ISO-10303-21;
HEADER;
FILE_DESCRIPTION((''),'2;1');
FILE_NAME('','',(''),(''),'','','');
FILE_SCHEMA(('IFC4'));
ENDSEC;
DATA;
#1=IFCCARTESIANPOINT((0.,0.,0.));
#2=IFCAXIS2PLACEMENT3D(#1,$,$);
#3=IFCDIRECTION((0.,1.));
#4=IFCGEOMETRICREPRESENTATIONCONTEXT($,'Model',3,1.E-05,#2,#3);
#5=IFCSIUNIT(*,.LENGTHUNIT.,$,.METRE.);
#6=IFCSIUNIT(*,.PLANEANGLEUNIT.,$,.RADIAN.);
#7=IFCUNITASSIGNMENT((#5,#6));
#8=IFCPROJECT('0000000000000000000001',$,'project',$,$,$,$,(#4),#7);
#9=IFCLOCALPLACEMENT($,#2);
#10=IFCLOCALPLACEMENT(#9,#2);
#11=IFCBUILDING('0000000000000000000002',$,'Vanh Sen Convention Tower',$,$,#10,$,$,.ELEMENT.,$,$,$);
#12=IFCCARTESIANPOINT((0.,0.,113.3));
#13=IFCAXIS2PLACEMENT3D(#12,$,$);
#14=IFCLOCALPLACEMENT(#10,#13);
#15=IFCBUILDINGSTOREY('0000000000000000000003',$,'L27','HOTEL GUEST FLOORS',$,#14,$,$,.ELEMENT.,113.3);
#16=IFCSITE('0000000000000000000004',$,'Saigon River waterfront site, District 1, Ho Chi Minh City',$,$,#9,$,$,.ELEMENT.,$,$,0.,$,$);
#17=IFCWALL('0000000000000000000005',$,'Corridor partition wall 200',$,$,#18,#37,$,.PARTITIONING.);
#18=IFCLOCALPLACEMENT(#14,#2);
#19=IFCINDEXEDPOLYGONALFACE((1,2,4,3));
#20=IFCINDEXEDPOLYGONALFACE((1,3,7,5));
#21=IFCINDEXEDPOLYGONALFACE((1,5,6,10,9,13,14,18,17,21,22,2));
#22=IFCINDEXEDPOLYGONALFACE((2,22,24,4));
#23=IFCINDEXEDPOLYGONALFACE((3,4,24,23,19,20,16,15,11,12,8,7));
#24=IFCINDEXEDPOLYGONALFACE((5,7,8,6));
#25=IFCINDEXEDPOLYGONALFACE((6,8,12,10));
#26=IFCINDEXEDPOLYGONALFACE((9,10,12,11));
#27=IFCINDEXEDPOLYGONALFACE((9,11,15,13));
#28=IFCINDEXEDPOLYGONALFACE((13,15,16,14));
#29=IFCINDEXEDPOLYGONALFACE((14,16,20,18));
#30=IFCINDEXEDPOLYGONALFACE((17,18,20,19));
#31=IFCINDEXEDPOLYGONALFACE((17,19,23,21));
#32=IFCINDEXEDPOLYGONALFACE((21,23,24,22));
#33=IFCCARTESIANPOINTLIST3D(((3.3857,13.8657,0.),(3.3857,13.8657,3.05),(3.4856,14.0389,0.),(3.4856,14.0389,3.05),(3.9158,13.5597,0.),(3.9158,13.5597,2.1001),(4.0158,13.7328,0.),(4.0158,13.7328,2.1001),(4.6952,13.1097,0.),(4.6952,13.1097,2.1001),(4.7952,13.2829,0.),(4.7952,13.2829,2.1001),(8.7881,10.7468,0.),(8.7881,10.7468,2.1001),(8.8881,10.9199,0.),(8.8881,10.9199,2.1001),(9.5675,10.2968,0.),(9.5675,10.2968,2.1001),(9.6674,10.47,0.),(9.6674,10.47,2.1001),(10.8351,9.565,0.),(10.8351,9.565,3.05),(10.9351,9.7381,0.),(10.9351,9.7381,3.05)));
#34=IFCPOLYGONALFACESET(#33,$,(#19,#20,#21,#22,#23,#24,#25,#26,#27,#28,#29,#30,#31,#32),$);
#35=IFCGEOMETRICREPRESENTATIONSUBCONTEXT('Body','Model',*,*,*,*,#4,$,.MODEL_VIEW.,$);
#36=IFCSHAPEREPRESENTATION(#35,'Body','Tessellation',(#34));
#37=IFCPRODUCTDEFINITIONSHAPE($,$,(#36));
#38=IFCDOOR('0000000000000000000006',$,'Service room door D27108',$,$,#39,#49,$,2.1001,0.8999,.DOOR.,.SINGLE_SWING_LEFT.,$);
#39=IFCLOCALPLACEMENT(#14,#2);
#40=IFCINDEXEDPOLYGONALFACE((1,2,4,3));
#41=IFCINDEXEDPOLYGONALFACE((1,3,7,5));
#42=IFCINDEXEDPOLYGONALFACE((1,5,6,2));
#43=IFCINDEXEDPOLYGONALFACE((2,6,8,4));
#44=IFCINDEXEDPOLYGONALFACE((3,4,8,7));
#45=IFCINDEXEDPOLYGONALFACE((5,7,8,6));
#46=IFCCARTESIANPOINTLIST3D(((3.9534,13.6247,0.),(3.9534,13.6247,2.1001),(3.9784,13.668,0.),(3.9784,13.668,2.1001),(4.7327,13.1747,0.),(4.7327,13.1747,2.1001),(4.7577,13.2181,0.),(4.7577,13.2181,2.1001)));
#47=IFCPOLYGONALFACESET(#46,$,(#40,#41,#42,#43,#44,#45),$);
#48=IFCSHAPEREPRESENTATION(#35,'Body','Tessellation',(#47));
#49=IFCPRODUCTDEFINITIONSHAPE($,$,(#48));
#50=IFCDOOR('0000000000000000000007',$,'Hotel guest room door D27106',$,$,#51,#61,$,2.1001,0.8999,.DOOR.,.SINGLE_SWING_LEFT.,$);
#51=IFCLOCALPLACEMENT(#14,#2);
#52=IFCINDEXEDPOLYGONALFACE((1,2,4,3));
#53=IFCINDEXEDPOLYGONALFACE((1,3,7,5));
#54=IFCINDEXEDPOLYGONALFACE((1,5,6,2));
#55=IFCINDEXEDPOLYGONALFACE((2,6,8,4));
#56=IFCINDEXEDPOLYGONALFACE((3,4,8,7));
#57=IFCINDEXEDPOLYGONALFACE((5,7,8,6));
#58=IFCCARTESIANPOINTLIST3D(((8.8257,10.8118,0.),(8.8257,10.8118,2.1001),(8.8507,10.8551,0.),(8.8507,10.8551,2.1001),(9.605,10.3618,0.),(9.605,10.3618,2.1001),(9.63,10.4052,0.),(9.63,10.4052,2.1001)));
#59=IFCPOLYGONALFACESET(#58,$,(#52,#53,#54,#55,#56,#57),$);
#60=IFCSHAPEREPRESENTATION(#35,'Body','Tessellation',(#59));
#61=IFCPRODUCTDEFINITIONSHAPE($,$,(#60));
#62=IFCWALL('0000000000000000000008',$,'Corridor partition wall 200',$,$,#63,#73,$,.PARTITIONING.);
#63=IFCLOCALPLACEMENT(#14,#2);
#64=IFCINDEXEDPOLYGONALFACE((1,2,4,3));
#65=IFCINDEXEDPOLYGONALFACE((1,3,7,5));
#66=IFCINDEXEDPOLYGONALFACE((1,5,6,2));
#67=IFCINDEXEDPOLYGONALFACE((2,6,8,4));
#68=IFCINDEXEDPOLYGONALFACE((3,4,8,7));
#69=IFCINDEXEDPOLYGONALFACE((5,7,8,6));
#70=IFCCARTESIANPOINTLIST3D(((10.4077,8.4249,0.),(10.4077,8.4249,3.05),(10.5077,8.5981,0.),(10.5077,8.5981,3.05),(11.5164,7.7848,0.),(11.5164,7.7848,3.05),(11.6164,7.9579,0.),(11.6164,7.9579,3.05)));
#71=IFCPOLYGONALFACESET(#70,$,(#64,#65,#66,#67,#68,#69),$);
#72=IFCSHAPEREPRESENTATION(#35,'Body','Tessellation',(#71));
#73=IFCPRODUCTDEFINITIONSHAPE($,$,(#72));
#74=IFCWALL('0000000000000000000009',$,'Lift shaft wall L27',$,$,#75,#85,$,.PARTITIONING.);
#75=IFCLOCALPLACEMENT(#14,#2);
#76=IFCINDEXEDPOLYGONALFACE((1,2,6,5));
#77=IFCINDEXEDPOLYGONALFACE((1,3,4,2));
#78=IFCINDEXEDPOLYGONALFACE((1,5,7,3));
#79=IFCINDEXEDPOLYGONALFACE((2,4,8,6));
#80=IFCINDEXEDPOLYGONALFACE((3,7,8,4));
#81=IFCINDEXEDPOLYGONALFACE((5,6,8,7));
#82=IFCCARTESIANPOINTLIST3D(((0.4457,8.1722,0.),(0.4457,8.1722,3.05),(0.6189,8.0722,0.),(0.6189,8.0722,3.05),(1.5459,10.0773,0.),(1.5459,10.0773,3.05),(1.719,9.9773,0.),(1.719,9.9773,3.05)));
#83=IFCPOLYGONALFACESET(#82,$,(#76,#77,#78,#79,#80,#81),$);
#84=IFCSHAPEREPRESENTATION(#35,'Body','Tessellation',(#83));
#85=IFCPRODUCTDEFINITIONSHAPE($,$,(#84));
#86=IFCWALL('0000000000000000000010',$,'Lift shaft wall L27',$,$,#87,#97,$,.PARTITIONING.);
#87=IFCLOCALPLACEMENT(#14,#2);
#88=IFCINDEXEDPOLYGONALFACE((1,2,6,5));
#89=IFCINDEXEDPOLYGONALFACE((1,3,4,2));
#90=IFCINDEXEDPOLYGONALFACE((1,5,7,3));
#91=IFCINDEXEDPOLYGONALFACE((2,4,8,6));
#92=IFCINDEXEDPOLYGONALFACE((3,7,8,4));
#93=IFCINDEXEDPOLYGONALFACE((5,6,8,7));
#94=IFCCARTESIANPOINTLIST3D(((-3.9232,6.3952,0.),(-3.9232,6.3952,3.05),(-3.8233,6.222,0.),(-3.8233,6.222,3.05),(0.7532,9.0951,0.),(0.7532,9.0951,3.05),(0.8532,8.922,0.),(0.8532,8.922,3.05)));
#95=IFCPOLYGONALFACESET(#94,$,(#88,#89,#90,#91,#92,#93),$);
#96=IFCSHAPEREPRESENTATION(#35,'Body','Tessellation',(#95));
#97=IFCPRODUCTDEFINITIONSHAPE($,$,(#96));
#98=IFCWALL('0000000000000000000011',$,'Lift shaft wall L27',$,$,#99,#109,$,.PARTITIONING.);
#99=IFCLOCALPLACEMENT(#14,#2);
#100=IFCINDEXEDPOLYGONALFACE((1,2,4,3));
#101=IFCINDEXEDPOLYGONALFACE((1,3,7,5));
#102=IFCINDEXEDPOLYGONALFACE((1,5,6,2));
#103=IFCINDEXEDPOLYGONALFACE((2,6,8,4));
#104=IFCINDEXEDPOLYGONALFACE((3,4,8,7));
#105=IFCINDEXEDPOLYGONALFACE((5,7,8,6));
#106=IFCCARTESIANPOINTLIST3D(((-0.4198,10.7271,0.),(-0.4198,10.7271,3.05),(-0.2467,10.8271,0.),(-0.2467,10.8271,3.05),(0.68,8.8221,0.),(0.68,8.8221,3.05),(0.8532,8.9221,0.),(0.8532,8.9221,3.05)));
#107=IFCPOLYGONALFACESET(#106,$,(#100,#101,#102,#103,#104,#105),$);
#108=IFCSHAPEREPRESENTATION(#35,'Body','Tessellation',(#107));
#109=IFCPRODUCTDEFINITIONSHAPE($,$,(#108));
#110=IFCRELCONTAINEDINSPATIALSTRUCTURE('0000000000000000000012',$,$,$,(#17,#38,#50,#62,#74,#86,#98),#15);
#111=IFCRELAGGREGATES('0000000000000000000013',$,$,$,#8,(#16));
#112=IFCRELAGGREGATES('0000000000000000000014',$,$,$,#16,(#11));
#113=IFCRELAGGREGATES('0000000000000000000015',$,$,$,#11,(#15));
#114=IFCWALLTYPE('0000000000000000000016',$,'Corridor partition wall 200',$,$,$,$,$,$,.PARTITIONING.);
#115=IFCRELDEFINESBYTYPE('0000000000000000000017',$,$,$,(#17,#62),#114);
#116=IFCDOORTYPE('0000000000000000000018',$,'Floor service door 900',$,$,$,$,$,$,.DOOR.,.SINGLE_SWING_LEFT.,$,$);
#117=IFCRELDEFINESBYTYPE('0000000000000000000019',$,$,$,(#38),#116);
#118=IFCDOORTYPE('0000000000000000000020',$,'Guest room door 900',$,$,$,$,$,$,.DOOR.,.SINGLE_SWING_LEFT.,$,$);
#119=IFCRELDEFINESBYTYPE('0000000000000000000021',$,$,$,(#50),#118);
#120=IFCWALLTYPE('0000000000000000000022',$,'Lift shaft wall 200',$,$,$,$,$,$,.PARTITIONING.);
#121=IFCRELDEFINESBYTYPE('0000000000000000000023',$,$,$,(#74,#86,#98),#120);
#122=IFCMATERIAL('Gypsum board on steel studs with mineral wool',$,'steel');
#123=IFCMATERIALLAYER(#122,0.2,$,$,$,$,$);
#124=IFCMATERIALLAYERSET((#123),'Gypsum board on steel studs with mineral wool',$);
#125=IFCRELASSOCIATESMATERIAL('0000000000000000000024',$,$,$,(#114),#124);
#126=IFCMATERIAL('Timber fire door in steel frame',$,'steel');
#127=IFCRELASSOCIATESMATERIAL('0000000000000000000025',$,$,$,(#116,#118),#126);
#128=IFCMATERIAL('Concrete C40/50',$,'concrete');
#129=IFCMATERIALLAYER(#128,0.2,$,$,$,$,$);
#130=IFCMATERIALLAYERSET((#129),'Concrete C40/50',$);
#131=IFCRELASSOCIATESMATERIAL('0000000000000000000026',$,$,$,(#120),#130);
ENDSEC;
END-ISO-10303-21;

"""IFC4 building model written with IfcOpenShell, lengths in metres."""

from ifc_helpers import new_model, si_unit, direction, frame, frame_2d, origin, place, context, subcontext, project, spatial, rectangle, extrude, material, layer, layer_set, type_object, element, fill, save


model = new_model("IFC4")

# Units and contexts
model_context = context("Model", 3, precision=1e-05, world=origin(), true_north=direction((0.0, 1.0)))
body_context = subcontext(model_context, "Body", "Model", "MODEL_VIEW")
ifc_project = project(units=[si_unit("LENGTHUNIT", "METRE"), si_unit("PLANEANGLEUNIT", "RADIAN")], contexts=[model_context])

# Site, building, storey
site_placement = place(None, origin())
site = spatial("IfcSite", under=ifc_project, at=site_placement, Name="Saigon River waterfront site, District 1, Ho Chi Minh City", CompositionType="ELEMENT", RefElevation=0.0)
building_placement = place(site_placement, origin())
building = spatial("IfcBuilding", under=site, at=building_placement, Name="Vanh Sen Convention Tower", CompositionType="ELEMENT")
storey_placement = place(building_placement, frame((0.0, 0.0, 113.3)))
storey = spatial("IfcBuildingStorey", under=building, at=storey_placement, Name="L27", Description="HOTEL GUEST FLOORS", CompositionType="ELEMENT", Elevation=113.3)

# Shared definitions
ifc_material_1 = material(Name="Gypsum board on steel studs with mineral wool", Category="steel")
ifc_layer_1 = layer(ifc_material_1, 0.2)
ifc_layer_set_1 = layer_set([ifc_layer_1], Name="Gypsum board on steel studs with mineral wool")
wall_type_1 = type_object("IfcWallType", Name="Corridor partition wall 200", PredefinedType="PARTITIONING", material=ifc_layer_set_1)

# Shared definitions
ifc_material_2 = material(Name="Timber fire door in steel frame", Category="steel")

# Wall, openings, doors
wall_1_placement = place(storey_placement, frame((10.885, 9.6516, 0.0), z_axis=(0.0, 0.0, 1.0), x_axis=(-0.866034, 0.499985, 0.0)))
wall_1 = element("IfcWall", 1, at=wall_1_placement, inside=storey, type_object=wall_type_1, Name="Corridor partition wall 200", PredefinedType="PARTITIONING", context=body_context, shape_type="SweptSolid", body=[
    extrude(rectangle(XDim=8.6018, YDim=0.2, at=frame_2d((4.3008, 0.0))), origin(), (0.0, 0.0, 1.0), 3.05),
])
opening_1_placement = place(wall_1_placement, frame((1.4636, 0.0, 0.0)))
opening_1 = element("IfcOpeningElement", 2, at=opening_1_placement, cuts=wall_1, PredefinedType="OPENING", context=body_context, shape_type="SweptSolid", body=[
    extrude(rectangle(XDim=0.8999, YDim=2.1001, at=frame_2d((0.45, 1.05))), frame((0.0, 0.1099, 0.0), z_axis=(0.0, -1.0, 0.0), x_axis=(1.0, 0.0, 0.0)), (0.0, 0.0, 1.0), 0.22),
])
opening_2_placement = place(wall_1_placement, frame((7.0896, 0.0, 0.0)))
opening_2 = element("IfcOpeningElement", 3, at=opening_2_placement, cuts=wall_1, PredefinedType="OPENING", context=body_context, shape_type="SweptSolid", body=[
    extrude(rectangle(XDim=0.8999, YDim=2.1001, at=frame_2d((0.45, 1.05))), frame((0.0, 0.1099, 0.0), z_axis=(0.0, -1.0, 0.0), x_axis=(1.0, 0.0, 0.0)), (0.0, 0.0, 1.0), 0.22),
])
door_type_1 = type_object("IfcDoorType", Name="Floor service door 900", OperationType="SINGLE_SWING_LEFT", PredefinedType="DOOR", material=ifc_material_2)
door_1_placement = place(opening_2_placement, origin())
door_1 = element("IfcDoor", 4, at=door_1_placement, inside=storey, type_object=door_type_1, Name="Service room door D27108", OperationType="SINGLE_SWING_LEFT", OverallHeight=2.1001, OverallWidth=0.8999, PredefinedType="DOOR", context=body_context, shape_type="SweptSolid", body=[
    extrude(rectangle(XDim=0.8999, YDim=2.1001, at=frame_2d((0.45, 1.05))), frame((0.0, 0.0249, 0.0), z_axis=(0.0, -1.0, 0.0), x_axis=(1.0, 0.0, 0.0)), (0.0, 0.0, 1.0), 0.05),
])
fill(opening_2, door_1)
door_type_2 = type_object("IfcDoorType", Name="Guest room door 900", OperationType="SINGLE_SWING_LEFT", PredefinedType="DOOR", material=ifc_material_2)
door_2_placement = place(opening_1_placement, origin())
door_2 = element("IfcDoor", 5, at=door_2_placement, inside=storey, type_object=door_type_2, Name="Hotel guest room door D27106", OperationType="SINGLE_SWING_LEFT", OverallHeight=2.1001, OverallWidth=0.8999, PredefinedType="DOOR", context=body_context, shape_type="SweptSolid", body=[
    extrude(rectangle(XDim=0.8999, YDim=2.1001, at=frame_2d((0.45, 1.05))), frame((0.0, 0.0249, 0.0), z_axis=(0.0, -1.0, 0.0), x_axis=(1.0, 0.0, 0.0)), (0.0, 0.0, 1.0), 0.05),
])
fill(opening_1, door_2)

# Walls
wall_2_placement = place(storey_placement, frame((11.5664, 7.8713, 0.0), z_axis=(0.0, 0.0, 1.0), x_axis=(-0.866005, 0.500036, 0.0)))
element("IfcWall", 6, at=wall_2_placement, inside=storey, type_object=wall_type_1, Name="Corridor partition wall 200", PredefinedType="PARTITIONING", context=body_context, shape_type="SweptSolid", body=[
    extrude(rectangle(XDim=1.2803, YDim=0.2, at=frame_2d((0.6401, 0.0))), origin(), (0.0, 0.0, 1.0), 3.05),
])
ifc_material_3 = material(Name="Concrete C40/50", Category="concrete")
ifc_layer_2 = layer(ifc_material_3, 0.2)
ifc_layer_set_2 = layer_set([ifc_layer_2], Name="Concrete C40/50")
wall_type_2 = type_object("IfcWallType", Name="Lift shaft wall 200", PredefinedType="PARTITIONING", material=ifc_layer_set_2)
wall_3_placement = place(storey_placement, frame((0.5322, 8.1221, 0.0), z_axis=(0.0, 0.0, 1.0), x_axis=(0.500078, 0.86598, 0.0)))
element("IfcWall", 7, at=wall_3_placement, inside=storey, type_object=wall_type_2, Name="Lift shaft wall L27", PredefinedType="PARTITIONING", context=body_context, shape_type="SweptSolid", body=[
    extrude(rectangle(XDim=2.2, YDim=0.2, at=frame_2d((1.1001, 0.0))), origin(), (0.0, 0.0, 1.0), 3.05),
])
wall_4_placement = place(storey_placement, frame((0.8032, 9.0085, 0.0), z_axis=(0.0, 0.0, 1.0), x_axis=(-0.866028, -0.499995, 0.0)))
element("IfcWall", 8, at=wall_4_placement, inside=storey, type_object=wall_type_2, Name="Lift shaft wall L27", PredefinedType="PARTITIONING", context=body_context, shape_type="SweptSolid", body=[
    extrude(rectangle(XDim=5.3999, YDim=0.2, at=frame_2d((2.7, 0.0))), origin(), (0.0, 0.0, 1.0), 3.05),
])
wall_5_placement = place(storey_placement, frame((0.7666, 8.8721, 0.0), z_axis=(0.0, 0.0, 1.0), x_axis=(-0.499995, 0.866028, 0.0)))
element("IfcWall", 9, at=wall_5_placement, inside=storey, type_object=wall_type_2, Name="Lift shaft wall L27", PredefinedType="PARTITIONING", context=body_context, shape_type="SweptSolid", body=[
    extrude(rectangle(XDim=2.1997, YDim=0.2, at=frame_2d((1.0999, 0.0))), origin(), (0.0, 0.0, 1.0), 3.05),
])

save(model, "model.ifc")
